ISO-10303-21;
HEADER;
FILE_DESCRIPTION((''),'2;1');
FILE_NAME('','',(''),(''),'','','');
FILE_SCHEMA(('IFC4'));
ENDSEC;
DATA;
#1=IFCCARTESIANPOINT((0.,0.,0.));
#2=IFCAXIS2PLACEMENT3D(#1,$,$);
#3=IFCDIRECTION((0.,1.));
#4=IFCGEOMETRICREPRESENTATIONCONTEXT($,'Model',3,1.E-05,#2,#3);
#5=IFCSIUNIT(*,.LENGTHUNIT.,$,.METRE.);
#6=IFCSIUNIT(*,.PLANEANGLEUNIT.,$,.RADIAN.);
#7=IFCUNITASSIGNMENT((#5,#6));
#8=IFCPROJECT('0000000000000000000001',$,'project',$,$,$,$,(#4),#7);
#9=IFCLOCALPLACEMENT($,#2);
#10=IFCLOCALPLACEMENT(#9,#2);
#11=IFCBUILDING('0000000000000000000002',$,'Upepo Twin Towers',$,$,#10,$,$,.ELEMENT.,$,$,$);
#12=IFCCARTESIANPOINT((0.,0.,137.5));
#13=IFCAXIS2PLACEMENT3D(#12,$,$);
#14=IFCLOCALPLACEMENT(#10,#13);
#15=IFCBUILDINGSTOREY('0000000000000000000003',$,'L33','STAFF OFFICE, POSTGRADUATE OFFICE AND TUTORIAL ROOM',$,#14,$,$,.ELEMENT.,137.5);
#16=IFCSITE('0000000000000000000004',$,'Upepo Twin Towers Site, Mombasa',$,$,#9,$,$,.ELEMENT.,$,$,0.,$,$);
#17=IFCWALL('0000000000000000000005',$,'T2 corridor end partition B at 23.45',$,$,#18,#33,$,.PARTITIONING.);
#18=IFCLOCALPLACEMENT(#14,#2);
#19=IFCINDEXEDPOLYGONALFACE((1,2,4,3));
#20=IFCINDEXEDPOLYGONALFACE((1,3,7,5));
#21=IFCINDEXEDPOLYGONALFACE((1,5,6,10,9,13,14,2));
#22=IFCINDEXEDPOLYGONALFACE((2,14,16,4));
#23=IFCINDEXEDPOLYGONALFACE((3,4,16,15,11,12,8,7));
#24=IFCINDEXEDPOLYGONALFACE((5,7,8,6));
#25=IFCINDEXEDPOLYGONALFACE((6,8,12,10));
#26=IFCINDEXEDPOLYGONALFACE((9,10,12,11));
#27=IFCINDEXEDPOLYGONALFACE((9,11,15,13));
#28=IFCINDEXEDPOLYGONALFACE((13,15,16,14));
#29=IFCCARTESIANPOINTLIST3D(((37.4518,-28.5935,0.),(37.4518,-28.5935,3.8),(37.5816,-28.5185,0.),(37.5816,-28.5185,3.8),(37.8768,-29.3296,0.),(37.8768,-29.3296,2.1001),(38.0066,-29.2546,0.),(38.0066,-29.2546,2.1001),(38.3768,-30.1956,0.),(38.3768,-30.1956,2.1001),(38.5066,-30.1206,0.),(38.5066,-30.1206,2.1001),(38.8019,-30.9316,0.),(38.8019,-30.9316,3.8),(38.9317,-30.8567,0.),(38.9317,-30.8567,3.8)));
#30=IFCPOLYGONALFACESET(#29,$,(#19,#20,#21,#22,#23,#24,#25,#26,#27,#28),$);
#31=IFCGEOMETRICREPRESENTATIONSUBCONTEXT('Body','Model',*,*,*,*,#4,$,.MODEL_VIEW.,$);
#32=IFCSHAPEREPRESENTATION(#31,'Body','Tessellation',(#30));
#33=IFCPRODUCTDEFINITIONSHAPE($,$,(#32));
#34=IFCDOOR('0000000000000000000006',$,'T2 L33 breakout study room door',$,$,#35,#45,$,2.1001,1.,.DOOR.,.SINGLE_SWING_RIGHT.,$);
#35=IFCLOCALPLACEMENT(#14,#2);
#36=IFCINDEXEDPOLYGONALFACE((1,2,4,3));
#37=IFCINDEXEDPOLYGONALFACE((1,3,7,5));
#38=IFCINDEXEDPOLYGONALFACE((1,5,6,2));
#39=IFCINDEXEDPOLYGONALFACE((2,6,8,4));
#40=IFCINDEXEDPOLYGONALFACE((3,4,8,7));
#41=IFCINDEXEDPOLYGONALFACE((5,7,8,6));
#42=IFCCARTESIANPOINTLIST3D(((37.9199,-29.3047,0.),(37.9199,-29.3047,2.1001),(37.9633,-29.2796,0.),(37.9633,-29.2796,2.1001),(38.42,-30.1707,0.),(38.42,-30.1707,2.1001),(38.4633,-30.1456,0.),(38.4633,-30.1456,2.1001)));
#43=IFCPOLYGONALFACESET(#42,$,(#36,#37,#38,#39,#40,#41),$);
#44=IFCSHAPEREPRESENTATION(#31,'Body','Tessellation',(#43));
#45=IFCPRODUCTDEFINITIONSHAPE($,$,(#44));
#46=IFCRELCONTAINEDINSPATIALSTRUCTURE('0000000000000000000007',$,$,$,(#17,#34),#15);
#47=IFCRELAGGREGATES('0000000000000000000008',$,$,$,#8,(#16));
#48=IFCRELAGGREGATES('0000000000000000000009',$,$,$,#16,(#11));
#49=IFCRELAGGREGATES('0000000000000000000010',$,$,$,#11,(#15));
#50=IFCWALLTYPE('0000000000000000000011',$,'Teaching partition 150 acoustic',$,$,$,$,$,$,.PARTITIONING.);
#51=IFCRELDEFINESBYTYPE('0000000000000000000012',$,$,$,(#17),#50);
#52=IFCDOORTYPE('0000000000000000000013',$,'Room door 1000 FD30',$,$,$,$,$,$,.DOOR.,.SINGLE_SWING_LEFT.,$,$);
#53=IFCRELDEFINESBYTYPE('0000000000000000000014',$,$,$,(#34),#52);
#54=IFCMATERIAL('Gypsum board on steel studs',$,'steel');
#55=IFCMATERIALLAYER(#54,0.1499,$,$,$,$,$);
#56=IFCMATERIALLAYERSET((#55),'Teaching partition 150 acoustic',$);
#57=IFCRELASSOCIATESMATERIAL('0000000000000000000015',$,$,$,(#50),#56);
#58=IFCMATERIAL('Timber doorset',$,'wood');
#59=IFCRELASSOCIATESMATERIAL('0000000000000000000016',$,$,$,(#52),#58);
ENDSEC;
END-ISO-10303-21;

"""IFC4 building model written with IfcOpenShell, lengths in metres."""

from ifc_helpers import new_model, si_unit, direction, frame, frame_2d, origin, place, context, subcontext, project, spatial, rectangle, extrude, material, layer, layer_set, type_object, element, fill, save


model = new_model("IFC4")

# Units and contexts
model_context = context("Model", 3, precision=1e-05, world=origin(), true_north=direction((0.0, 1.0)))
body_context = subcontext(model_context, "Body", "Model", "MODEL_VIEW")
ifc_project = project(units=[si_unit("LENGTHUNIT", "METRE"), si_unit("PLANEANGLEUNIT", "RADIAN")], contexts=[model_context])

# Site, building, storey
site_placement = place(None, origin())
site = spatial("IfcSite", under=ifc_project, at=site_placement, Name="Upepo Twin Towers Site, Mombasa", CompositionType="ELEMENT", RefElevation=0.0)
building_placement = place(site_placement, origin())
building = spatial("IfcBuilding", under=site, at=building_placement, Name="Upepo Twin Towers", CompositionType="ELEMENT")
storey_placement = place(building_placement, frame((0.0, 0.0, 137.5)))
storey = spatial("IfcBuildingStorey", under=building, at=storey_placement, Name="L33", Description="STAFF OFFICE, POSTGRADUATE OFFICE AND TUTORIAL ROOM", CompositionType="ELEMENT", Elevation=137.5)

# Shared definitions
ifc_material_1 = material(Name="Gypsum board on steel studs", Category="steel")
ifc_layer_1 = layer(ifc_material_1, 0.1499)
ifc_layer_set_1 = layer_set([ifc_layer_1], Name="Teaching partition 150 acoustic")
wall_type_1 = type_object("IfcWallType", Name="Teaching partition 150 acoustic", PredefinedType="PARTITIONING", material=ifc_layer_set_1)

# Shared definitions
ifc_material_2 = material(Name="Timber doorset", Category="wood")
door_type = type_object("IfcDoorType", Name="Room door 1000 FD30", OperationType="SINGLE_SWING_LEFT", PredefinedType="DOOR", material=ifc_material_2)

# Wall, opening, door
wall_1_placement = place(storey_placement, frame((37.5166, -28.5559, 0.0), z_axis=(0.0, 0.0, 1.0), x_axis=(0.500049, -0.865997, 0.0)))
wall_1 = element("IfcWall", 1, at=wall_1_placement, inside=storey, type_object=wall_type_1, Name="T2 corridor end partition B at 23.45", PredefinedType="PARTITIONING", context=body_context, shape_type="SweptSolid", body=[
    extrude(rectangle(XDim=2.7, YDim=0.1499, at=frame_2d((1.3501, 0.0))), origin(), (0.0, 0.0, 1.0), 3.8),
])
opening_1_placement = place(wall_1_placement, frame((0.8501, 0.0, 0.0)))
opening_1 = element("IfcOpeningElement", 2, at=opening_1_placement, cuts=wall_1, PredefinedType="OPENING", context=body_context, shape_type="SweptSolid", body=[
    extrude(rectangle(XDim=1.0, YDim=2.1001, at=frame_2d((0.5, 1.05))), frame((0.0, 0.085, 0.0), z_axis=(0.0, -1.0, 0.0), x_axis=(1.0, 0.0, 0.0)), (0.0, 0.0, 1.0), 0.1699),
])
door_1_placement = place(opening_1_placement, origin())
door_1 = element("IfcDoor", 3, at=door_1_placement, inside=storey, type_object=door_type, Name="T2 L33 breakout study room door", OperationType="SINGLE_SWING_RIGHT", OverallHeight=2.1001, OverallWidth=1.0, PredefinedType="DOOR", context=body_context, shape_type="SweptSolid", body=[
    extrude(rectangle(XDim=1.0, YDim=2.1001, at=frame_2d((0.5, 1.05))), frame((0.0, 0.0249, 0.0), z_axis=(0.0, -1.0, 0.0), x_axis=(1.0, 0.0, 0.0)), (0.0, 0.0, 1.0), 0.05),
])
fill(opening_1, door_1)

save(model, "model.ifc")
